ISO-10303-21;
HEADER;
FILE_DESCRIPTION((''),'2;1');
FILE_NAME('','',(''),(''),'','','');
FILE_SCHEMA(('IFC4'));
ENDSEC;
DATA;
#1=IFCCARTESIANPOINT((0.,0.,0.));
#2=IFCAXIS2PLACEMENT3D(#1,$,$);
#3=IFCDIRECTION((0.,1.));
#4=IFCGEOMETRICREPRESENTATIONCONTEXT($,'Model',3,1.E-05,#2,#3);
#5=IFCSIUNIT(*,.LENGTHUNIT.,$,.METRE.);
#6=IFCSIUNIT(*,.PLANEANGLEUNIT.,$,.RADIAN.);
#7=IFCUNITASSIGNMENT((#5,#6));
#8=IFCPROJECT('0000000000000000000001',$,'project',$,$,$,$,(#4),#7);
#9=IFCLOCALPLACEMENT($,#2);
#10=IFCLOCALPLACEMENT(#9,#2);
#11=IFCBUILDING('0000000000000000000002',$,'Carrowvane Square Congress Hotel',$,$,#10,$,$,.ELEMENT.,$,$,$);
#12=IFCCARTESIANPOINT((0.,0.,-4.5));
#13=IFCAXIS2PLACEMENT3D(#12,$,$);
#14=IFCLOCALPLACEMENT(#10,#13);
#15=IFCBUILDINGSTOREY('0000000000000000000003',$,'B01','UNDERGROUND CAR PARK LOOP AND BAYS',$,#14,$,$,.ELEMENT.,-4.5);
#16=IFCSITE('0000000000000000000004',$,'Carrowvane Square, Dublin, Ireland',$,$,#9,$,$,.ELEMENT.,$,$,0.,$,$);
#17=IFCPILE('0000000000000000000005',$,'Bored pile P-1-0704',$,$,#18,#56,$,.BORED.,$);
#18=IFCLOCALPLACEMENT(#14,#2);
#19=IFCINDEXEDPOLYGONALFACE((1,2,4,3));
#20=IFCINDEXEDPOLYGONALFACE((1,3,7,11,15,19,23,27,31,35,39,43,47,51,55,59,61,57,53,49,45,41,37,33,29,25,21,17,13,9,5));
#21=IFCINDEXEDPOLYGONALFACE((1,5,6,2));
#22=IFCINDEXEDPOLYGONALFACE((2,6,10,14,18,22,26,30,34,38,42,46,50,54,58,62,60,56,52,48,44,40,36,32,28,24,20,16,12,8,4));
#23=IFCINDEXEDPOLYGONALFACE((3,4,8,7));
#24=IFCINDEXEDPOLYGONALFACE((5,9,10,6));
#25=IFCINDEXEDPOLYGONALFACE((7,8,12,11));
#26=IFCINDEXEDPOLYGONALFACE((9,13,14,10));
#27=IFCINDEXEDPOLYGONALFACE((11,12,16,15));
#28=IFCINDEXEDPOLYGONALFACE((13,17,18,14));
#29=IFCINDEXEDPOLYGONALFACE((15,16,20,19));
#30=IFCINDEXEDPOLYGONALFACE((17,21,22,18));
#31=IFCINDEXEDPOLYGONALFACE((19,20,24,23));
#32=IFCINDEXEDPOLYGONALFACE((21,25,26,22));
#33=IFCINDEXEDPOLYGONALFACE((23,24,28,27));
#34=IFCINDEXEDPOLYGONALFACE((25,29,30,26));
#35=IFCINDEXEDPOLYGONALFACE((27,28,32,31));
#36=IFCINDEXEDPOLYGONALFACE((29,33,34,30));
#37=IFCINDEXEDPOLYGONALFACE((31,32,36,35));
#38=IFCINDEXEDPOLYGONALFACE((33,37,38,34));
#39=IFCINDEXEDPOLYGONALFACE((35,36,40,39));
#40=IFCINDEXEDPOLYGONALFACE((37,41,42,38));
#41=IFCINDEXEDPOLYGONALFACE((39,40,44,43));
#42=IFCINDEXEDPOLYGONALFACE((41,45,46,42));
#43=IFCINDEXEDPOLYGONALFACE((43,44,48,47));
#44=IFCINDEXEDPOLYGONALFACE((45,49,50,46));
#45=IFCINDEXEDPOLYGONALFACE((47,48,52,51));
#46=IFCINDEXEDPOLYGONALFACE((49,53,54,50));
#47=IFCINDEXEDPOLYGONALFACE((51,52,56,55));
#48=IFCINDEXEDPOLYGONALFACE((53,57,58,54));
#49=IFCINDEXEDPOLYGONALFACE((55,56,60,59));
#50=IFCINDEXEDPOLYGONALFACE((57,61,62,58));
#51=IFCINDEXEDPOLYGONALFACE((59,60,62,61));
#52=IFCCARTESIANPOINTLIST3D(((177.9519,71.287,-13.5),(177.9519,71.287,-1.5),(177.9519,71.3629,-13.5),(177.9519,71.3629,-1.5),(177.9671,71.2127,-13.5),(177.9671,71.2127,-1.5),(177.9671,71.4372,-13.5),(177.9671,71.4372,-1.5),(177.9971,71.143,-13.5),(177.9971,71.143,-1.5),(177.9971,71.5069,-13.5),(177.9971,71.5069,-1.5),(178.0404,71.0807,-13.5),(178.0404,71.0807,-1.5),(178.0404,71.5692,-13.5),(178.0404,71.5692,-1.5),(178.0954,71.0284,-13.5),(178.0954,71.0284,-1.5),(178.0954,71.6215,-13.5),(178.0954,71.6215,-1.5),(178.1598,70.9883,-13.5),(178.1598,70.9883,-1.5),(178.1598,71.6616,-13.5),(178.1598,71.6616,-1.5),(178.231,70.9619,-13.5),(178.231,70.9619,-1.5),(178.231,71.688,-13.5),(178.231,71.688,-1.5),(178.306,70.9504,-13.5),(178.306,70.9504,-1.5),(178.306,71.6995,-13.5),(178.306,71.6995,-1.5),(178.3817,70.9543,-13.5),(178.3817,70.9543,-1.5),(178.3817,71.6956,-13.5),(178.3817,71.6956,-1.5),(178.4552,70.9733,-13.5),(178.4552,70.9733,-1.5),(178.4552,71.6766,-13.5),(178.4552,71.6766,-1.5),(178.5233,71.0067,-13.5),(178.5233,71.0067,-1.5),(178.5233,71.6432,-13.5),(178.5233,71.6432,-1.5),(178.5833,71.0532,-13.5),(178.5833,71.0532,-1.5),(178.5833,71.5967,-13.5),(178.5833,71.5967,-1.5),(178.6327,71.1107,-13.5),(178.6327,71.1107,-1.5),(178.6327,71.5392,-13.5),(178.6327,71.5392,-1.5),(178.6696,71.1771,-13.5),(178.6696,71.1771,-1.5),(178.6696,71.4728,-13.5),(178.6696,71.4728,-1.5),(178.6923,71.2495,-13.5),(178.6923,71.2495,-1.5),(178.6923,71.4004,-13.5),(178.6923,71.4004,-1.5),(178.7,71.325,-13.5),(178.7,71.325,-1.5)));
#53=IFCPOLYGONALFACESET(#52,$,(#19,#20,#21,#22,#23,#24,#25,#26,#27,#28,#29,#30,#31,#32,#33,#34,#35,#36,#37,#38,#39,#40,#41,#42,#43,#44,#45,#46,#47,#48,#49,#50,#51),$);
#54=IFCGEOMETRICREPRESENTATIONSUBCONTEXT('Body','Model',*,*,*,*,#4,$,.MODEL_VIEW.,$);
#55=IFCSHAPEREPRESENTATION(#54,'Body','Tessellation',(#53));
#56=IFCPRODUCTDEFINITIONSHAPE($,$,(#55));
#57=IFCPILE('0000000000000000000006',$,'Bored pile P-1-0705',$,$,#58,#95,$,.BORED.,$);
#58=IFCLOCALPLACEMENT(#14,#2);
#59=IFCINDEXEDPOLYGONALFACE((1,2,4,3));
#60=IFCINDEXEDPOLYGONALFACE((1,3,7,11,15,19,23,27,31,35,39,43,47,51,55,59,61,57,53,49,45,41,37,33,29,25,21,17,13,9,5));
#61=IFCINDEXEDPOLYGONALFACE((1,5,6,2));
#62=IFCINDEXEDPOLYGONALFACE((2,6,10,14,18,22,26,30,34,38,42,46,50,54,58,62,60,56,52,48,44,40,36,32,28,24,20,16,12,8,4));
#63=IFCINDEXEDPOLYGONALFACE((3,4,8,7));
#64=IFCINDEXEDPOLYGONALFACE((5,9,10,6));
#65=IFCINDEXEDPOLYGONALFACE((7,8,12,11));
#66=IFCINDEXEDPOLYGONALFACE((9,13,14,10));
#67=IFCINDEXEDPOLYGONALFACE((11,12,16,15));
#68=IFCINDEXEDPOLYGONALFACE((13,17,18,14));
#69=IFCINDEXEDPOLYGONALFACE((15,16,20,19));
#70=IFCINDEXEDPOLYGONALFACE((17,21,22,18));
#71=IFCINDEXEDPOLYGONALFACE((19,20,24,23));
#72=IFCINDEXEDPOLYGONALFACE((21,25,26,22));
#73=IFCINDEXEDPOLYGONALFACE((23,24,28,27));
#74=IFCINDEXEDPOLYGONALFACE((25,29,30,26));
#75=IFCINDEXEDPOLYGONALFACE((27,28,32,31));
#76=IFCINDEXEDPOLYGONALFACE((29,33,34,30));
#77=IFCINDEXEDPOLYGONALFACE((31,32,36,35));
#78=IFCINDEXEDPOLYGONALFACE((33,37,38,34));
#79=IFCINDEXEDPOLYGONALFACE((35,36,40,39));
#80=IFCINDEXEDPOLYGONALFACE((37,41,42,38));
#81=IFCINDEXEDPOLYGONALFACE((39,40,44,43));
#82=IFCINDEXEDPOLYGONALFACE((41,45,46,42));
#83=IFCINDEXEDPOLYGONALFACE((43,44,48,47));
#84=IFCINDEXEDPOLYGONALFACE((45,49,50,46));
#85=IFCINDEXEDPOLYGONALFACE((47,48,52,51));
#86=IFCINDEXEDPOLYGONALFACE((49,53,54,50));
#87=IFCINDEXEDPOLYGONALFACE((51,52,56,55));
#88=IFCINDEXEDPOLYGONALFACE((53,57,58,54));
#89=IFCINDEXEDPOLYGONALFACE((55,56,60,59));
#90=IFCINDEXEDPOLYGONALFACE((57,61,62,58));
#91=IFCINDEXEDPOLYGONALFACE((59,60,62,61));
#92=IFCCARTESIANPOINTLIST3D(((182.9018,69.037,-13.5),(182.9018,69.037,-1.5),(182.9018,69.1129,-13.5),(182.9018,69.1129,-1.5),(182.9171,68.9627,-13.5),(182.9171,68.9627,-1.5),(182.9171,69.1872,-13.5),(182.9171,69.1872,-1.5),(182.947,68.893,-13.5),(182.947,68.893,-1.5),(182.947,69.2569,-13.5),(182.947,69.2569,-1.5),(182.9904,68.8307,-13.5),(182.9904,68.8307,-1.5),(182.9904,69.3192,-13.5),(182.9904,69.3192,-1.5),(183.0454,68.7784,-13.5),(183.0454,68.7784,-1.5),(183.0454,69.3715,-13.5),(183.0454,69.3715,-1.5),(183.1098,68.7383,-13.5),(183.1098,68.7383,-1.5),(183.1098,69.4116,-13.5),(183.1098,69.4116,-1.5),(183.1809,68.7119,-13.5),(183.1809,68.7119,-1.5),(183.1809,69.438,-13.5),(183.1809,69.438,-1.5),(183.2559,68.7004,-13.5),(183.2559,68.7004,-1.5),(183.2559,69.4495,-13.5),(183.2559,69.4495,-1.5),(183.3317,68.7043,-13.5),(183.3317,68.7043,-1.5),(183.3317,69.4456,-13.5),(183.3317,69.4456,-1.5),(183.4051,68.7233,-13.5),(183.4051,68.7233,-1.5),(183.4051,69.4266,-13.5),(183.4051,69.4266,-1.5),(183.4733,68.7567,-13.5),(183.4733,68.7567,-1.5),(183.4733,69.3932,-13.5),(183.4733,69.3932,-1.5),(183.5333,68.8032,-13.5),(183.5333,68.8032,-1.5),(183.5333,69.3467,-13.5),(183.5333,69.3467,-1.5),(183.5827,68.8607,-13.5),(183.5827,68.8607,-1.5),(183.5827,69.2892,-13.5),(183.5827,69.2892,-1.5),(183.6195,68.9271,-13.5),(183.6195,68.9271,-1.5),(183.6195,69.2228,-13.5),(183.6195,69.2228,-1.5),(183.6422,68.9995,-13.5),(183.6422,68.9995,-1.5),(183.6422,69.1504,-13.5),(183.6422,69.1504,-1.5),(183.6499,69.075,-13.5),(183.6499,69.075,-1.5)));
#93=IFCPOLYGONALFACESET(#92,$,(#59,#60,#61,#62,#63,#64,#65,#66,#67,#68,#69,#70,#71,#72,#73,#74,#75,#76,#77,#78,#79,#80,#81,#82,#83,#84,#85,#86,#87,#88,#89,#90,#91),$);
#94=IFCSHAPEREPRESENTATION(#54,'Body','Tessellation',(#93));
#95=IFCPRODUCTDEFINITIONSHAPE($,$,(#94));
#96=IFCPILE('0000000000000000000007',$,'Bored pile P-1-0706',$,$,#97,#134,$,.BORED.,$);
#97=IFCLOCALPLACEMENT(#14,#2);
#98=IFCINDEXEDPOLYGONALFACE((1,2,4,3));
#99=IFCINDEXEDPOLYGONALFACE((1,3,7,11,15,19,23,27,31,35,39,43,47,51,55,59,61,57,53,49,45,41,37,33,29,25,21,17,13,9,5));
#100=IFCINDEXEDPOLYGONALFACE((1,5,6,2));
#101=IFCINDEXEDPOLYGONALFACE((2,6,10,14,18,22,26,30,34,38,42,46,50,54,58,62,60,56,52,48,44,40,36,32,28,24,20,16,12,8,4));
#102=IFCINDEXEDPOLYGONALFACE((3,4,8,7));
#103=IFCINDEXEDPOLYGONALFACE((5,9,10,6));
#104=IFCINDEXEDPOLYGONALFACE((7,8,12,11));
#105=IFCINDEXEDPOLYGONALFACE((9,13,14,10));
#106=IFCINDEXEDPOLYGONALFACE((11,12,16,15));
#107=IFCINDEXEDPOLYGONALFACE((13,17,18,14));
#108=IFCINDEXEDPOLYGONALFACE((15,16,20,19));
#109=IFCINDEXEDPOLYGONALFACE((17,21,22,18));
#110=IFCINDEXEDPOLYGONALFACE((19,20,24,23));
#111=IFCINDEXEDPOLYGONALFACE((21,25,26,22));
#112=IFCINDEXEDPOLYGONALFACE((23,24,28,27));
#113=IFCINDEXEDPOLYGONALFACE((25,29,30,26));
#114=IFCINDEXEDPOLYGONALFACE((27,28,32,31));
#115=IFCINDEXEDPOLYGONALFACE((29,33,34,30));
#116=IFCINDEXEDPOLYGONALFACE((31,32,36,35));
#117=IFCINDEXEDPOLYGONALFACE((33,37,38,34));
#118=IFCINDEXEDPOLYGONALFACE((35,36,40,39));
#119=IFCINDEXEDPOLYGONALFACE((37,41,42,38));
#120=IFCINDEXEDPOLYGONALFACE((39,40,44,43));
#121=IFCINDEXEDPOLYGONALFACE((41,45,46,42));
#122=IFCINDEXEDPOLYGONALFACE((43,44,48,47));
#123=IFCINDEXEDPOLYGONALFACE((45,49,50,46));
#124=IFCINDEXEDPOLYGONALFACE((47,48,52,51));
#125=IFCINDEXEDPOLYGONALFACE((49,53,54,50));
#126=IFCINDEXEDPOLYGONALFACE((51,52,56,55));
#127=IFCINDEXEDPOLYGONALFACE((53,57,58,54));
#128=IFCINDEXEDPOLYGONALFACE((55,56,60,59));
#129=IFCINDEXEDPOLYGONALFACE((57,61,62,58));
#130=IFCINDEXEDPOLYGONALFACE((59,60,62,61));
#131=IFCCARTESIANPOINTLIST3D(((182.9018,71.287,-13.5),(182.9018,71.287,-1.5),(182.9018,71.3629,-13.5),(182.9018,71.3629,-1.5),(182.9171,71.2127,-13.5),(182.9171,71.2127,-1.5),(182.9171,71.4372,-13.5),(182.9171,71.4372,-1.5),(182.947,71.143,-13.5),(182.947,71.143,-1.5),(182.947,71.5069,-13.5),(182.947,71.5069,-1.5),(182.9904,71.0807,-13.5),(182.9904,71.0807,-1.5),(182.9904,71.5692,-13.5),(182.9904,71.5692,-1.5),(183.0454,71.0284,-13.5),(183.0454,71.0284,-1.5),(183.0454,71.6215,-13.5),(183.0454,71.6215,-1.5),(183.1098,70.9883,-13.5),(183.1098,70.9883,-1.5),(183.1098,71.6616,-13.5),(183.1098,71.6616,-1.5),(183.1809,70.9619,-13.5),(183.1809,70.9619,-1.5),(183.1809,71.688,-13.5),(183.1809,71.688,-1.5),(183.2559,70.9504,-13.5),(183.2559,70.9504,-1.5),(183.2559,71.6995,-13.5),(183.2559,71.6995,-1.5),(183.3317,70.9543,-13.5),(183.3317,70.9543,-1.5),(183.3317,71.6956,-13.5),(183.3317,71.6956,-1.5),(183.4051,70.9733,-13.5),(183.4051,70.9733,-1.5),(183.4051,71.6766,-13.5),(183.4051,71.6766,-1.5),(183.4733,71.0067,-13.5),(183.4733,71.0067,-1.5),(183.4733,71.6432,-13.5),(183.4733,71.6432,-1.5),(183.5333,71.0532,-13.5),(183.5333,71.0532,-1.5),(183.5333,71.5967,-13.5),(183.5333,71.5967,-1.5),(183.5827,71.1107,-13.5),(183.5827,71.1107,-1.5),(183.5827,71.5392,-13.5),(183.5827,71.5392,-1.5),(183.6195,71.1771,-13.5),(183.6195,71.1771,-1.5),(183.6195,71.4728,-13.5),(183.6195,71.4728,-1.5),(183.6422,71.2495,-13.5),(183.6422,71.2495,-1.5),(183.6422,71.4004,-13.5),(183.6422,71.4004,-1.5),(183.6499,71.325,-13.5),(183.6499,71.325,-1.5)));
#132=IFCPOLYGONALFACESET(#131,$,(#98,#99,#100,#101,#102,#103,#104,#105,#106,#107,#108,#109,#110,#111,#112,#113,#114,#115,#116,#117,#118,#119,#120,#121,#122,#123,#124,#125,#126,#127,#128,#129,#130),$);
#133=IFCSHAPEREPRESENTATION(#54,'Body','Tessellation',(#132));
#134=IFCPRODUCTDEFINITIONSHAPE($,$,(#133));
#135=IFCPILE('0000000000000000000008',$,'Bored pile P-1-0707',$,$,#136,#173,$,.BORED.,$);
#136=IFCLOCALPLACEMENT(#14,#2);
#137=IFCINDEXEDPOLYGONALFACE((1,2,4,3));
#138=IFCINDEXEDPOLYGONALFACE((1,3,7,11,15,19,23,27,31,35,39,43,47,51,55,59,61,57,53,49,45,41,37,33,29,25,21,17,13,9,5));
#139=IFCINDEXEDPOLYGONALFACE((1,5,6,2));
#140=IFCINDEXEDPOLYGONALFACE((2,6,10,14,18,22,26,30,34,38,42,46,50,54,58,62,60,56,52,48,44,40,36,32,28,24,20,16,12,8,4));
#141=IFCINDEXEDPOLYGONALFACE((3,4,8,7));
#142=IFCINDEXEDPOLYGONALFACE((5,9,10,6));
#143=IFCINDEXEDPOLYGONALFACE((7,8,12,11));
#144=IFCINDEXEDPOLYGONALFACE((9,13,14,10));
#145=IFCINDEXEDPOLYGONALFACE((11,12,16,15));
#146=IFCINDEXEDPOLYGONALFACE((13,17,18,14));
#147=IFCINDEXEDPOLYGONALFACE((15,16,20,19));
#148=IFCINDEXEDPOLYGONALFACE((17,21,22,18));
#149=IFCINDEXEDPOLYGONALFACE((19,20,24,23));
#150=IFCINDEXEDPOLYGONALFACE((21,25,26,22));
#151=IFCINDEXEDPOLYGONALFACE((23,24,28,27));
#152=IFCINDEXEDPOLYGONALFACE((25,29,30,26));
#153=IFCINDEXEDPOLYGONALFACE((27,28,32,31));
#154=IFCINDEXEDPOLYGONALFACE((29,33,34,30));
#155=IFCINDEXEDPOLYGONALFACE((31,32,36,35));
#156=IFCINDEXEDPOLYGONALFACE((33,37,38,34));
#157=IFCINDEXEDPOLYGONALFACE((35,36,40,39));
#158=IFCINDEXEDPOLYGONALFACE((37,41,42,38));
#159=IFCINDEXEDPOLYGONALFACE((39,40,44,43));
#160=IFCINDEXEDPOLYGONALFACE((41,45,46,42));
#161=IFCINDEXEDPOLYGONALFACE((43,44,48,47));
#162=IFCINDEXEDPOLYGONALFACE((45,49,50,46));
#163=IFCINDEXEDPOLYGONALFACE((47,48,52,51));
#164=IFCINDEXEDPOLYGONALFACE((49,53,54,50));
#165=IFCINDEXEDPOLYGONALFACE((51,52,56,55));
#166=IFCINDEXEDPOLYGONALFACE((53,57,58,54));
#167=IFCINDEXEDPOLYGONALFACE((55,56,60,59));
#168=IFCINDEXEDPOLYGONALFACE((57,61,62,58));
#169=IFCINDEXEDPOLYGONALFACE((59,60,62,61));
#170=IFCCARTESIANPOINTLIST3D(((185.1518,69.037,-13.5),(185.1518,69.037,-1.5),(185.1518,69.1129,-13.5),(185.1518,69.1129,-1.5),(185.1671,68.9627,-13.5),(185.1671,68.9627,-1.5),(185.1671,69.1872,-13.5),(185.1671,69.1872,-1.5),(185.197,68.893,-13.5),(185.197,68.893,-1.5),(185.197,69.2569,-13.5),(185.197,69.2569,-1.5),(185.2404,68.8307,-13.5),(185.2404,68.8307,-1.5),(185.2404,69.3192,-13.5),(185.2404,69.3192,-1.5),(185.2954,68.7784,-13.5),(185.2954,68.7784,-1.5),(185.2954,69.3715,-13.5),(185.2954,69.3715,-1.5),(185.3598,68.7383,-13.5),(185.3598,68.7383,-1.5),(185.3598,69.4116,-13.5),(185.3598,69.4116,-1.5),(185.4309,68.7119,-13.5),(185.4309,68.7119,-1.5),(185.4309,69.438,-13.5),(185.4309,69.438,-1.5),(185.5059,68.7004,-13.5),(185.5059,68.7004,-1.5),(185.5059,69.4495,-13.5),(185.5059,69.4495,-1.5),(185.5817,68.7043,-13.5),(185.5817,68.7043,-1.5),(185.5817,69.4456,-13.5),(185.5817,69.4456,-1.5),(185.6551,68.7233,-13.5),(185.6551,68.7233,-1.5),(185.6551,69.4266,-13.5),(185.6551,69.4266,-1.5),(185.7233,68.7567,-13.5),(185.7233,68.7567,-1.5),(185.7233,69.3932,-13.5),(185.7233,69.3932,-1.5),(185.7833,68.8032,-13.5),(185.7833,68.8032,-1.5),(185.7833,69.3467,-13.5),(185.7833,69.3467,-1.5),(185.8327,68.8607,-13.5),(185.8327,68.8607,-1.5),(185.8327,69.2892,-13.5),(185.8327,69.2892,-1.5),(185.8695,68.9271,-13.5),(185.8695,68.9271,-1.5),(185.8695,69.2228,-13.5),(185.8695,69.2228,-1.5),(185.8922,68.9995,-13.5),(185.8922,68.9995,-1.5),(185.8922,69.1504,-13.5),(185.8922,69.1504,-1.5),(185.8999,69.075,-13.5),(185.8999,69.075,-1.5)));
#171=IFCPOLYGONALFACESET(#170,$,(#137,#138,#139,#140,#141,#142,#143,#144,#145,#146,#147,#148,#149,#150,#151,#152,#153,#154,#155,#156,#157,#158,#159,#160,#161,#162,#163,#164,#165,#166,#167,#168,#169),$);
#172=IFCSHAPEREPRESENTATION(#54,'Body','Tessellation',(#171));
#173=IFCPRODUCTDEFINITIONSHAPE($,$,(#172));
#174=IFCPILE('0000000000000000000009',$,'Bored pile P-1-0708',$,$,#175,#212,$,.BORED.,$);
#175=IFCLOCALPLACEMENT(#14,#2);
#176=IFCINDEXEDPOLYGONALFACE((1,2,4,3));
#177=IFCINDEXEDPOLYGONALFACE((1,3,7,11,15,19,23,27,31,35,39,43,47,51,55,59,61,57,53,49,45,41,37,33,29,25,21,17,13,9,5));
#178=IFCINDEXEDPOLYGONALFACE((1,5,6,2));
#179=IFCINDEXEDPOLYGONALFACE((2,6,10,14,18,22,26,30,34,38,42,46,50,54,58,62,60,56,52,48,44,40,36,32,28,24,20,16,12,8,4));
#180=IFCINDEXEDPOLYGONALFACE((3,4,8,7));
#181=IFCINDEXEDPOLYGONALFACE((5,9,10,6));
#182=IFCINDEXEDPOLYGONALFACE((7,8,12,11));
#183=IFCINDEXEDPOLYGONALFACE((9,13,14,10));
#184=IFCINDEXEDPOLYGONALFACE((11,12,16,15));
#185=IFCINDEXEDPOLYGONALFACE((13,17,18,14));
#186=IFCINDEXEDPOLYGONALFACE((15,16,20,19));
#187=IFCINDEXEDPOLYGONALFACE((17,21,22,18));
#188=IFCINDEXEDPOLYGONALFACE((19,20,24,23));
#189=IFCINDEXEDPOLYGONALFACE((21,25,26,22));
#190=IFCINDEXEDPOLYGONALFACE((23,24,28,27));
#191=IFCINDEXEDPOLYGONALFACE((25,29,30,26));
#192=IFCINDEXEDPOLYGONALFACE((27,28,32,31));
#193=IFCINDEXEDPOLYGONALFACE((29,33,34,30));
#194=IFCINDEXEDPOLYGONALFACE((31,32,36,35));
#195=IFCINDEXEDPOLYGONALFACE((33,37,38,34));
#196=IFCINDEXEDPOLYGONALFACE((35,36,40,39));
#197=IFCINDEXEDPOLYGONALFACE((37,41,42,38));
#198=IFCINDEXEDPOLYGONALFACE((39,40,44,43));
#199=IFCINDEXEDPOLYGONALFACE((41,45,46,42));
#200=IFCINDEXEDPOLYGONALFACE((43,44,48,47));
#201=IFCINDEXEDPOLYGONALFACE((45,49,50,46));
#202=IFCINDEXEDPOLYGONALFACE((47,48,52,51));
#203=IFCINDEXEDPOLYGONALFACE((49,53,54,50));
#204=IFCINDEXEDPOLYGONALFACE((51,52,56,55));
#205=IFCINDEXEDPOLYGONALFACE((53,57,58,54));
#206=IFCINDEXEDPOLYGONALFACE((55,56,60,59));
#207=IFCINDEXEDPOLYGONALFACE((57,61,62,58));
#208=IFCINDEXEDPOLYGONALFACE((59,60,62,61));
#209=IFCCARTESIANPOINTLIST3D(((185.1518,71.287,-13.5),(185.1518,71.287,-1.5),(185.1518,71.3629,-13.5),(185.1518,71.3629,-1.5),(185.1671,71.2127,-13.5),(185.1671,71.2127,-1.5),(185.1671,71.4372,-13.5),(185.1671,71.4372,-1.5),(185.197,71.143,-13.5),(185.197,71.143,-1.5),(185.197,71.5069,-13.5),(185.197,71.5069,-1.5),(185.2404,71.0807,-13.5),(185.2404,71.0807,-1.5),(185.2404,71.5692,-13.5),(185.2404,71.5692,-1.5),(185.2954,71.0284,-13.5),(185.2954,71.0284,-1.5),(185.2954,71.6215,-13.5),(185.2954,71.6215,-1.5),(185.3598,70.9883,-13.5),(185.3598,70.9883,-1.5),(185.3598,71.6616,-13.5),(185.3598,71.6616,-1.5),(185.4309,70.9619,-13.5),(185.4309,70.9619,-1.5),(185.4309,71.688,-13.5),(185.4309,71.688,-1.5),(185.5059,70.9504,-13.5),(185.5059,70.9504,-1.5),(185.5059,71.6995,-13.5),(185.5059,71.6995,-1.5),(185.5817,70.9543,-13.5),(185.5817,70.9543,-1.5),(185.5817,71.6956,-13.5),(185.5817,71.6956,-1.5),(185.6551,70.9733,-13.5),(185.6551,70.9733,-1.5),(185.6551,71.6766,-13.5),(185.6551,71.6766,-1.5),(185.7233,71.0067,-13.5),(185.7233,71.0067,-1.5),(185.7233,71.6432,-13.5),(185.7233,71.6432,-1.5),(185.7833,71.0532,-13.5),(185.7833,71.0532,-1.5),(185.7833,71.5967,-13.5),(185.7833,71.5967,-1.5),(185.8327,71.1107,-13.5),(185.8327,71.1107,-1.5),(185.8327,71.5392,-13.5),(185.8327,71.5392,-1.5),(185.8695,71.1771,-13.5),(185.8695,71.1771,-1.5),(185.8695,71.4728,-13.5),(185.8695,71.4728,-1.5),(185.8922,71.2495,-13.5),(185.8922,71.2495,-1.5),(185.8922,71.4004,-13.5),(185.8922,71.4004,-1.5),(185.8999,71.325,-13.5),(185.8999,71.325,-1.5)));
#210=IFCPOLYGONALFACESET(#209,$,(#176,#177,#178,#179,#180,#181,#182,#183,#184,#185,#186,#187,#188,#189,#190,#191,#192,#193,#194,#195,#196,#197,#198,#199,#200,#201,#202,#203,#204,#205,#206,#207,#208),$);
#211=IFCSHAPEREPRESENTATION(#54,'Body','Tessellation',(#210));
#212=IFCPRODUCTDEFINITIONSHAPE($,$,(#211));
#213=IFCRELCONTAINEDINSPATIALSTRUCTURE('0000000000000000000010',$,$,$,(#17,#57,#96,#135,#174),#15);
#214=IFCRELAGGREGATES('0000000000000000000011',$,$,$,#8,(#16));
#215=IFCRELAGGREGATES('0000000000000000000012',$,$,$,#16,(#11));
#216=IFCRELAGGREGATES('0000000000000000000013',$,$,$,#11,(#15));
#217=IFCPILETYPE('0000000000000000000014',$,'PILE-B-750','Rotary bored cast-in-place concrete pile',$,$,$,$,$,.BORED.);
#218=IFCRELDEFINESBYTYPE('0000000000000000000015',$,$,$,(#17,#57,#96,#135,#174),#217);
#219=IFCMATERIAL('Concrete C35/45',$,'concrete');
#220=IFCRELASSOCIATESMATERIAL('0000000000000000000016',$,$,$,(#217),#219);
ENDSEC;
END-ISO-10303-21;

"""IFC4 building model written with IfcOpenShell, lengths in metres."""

from ifc_helpers import new_model, si_unit, direction, frame, origin, origin_2d, place, context, subcontext, project, spatial, circle, extrude, material, material_profile, profile_set, type_object, element, save


model = new_model("IFC4")

# Units and contexts
model_context = context("Model", 3, precision=1e-05, world=origin(), true_north=direction((0.0, 1.0)))
body_context = subcontext(model_context, "Body", "Model", "MODEL_VIEW")
ifc_project = project(units=[si_unit("LENGTHUNIT", "METRE"), si_unit("PLANEANGLEUNIT", "RADIAN")], contexts=[model_context])

# Site, building, storey
site_placement = place(None, origin())
site = spatial("IfcSite", under=ifc_project, at=site_placement, Name="Carrowvane Square, Dublin, Ireland", CompositionType="ELEMENT", RefElevation=0.0)
building_placement = place(site_placement, origin())
building = spatial("IfcBuilding", under=site, at=building_placement, Name="Carrowvane Square Congress Hotel", CompositionType="ELEMENT")
storey_placement = place(building_placement, frame((0.0, 0.0, -4.5)))
storey = spatial("IfcBuildingStorey", under=building, at=storey_placement, Name="B01", Description="UNDERGROUND CAR PARK LOOP AND BAYS", CompositionType="ELEMENT", Elevation=-4.5)

# Piles
ifc_material_1 = material(Name="Concrete C35/45", Category="concrete")
ifc_material_profile_1 = material_profile(ifc_material_1, circle(Radius=0.375, at=origin_2d()), Name="PILE D750")
ifc_profile_set_1 = profile_set([ifc_material_profile_1], Name="Concrete C35/45")
pile_type = type_object("IfcPileType", Name="PILE-B-750", Description="Rotary bored cast-in-place concrete pile", PredefinedType="BORED", material=ifc_profile_set_1)
for number, where, z_axis, x_axis, name in (
    (1, (178.325, 71.325, -1.5), (0.0, 0.0, -1.0), (1.0, 0.0, 0.0), "Bored pile P-1-0704"),
    (2, (183.2749, 69.075, -1.5), (0.0, 0.0, -1.0), (1.0, 0.0, 0.0), "Bored pile P-1-0705"),
    (3, (183.2749, 71.325, -1.5), (0.0, 0.0, -1.0), (1.0, 0.0, 0.0), "Bored pile P-1-0706"),
    (4, (185.5249, 69.075, -1.5), (0.0, 0.0, -1.0), (1.0, 0.0, 0.0), "Bored pile P-1-0707"),
    (5, (185.5249, 71.325, -1.5), (0.0, 0.0, -1.0), (1.0, 0.0, 0.0), "Bored pile P-1-0708"),
):
    element("IfcPile", number, at=place(storey_placement, frame(where, z_axis=z_axis, x_axis=x_axis)), inside=storey, type_object=pile_type, Name=name, PredefinedType="BORED", context=body_context, shape_type="SweptSolid", body=[
        extrude(circle(Radius=0.375, at=origin_2d()), origin(), (0.0, 0.0, 1.0), 12.0),
    ])

save(model, "model.ifc")
